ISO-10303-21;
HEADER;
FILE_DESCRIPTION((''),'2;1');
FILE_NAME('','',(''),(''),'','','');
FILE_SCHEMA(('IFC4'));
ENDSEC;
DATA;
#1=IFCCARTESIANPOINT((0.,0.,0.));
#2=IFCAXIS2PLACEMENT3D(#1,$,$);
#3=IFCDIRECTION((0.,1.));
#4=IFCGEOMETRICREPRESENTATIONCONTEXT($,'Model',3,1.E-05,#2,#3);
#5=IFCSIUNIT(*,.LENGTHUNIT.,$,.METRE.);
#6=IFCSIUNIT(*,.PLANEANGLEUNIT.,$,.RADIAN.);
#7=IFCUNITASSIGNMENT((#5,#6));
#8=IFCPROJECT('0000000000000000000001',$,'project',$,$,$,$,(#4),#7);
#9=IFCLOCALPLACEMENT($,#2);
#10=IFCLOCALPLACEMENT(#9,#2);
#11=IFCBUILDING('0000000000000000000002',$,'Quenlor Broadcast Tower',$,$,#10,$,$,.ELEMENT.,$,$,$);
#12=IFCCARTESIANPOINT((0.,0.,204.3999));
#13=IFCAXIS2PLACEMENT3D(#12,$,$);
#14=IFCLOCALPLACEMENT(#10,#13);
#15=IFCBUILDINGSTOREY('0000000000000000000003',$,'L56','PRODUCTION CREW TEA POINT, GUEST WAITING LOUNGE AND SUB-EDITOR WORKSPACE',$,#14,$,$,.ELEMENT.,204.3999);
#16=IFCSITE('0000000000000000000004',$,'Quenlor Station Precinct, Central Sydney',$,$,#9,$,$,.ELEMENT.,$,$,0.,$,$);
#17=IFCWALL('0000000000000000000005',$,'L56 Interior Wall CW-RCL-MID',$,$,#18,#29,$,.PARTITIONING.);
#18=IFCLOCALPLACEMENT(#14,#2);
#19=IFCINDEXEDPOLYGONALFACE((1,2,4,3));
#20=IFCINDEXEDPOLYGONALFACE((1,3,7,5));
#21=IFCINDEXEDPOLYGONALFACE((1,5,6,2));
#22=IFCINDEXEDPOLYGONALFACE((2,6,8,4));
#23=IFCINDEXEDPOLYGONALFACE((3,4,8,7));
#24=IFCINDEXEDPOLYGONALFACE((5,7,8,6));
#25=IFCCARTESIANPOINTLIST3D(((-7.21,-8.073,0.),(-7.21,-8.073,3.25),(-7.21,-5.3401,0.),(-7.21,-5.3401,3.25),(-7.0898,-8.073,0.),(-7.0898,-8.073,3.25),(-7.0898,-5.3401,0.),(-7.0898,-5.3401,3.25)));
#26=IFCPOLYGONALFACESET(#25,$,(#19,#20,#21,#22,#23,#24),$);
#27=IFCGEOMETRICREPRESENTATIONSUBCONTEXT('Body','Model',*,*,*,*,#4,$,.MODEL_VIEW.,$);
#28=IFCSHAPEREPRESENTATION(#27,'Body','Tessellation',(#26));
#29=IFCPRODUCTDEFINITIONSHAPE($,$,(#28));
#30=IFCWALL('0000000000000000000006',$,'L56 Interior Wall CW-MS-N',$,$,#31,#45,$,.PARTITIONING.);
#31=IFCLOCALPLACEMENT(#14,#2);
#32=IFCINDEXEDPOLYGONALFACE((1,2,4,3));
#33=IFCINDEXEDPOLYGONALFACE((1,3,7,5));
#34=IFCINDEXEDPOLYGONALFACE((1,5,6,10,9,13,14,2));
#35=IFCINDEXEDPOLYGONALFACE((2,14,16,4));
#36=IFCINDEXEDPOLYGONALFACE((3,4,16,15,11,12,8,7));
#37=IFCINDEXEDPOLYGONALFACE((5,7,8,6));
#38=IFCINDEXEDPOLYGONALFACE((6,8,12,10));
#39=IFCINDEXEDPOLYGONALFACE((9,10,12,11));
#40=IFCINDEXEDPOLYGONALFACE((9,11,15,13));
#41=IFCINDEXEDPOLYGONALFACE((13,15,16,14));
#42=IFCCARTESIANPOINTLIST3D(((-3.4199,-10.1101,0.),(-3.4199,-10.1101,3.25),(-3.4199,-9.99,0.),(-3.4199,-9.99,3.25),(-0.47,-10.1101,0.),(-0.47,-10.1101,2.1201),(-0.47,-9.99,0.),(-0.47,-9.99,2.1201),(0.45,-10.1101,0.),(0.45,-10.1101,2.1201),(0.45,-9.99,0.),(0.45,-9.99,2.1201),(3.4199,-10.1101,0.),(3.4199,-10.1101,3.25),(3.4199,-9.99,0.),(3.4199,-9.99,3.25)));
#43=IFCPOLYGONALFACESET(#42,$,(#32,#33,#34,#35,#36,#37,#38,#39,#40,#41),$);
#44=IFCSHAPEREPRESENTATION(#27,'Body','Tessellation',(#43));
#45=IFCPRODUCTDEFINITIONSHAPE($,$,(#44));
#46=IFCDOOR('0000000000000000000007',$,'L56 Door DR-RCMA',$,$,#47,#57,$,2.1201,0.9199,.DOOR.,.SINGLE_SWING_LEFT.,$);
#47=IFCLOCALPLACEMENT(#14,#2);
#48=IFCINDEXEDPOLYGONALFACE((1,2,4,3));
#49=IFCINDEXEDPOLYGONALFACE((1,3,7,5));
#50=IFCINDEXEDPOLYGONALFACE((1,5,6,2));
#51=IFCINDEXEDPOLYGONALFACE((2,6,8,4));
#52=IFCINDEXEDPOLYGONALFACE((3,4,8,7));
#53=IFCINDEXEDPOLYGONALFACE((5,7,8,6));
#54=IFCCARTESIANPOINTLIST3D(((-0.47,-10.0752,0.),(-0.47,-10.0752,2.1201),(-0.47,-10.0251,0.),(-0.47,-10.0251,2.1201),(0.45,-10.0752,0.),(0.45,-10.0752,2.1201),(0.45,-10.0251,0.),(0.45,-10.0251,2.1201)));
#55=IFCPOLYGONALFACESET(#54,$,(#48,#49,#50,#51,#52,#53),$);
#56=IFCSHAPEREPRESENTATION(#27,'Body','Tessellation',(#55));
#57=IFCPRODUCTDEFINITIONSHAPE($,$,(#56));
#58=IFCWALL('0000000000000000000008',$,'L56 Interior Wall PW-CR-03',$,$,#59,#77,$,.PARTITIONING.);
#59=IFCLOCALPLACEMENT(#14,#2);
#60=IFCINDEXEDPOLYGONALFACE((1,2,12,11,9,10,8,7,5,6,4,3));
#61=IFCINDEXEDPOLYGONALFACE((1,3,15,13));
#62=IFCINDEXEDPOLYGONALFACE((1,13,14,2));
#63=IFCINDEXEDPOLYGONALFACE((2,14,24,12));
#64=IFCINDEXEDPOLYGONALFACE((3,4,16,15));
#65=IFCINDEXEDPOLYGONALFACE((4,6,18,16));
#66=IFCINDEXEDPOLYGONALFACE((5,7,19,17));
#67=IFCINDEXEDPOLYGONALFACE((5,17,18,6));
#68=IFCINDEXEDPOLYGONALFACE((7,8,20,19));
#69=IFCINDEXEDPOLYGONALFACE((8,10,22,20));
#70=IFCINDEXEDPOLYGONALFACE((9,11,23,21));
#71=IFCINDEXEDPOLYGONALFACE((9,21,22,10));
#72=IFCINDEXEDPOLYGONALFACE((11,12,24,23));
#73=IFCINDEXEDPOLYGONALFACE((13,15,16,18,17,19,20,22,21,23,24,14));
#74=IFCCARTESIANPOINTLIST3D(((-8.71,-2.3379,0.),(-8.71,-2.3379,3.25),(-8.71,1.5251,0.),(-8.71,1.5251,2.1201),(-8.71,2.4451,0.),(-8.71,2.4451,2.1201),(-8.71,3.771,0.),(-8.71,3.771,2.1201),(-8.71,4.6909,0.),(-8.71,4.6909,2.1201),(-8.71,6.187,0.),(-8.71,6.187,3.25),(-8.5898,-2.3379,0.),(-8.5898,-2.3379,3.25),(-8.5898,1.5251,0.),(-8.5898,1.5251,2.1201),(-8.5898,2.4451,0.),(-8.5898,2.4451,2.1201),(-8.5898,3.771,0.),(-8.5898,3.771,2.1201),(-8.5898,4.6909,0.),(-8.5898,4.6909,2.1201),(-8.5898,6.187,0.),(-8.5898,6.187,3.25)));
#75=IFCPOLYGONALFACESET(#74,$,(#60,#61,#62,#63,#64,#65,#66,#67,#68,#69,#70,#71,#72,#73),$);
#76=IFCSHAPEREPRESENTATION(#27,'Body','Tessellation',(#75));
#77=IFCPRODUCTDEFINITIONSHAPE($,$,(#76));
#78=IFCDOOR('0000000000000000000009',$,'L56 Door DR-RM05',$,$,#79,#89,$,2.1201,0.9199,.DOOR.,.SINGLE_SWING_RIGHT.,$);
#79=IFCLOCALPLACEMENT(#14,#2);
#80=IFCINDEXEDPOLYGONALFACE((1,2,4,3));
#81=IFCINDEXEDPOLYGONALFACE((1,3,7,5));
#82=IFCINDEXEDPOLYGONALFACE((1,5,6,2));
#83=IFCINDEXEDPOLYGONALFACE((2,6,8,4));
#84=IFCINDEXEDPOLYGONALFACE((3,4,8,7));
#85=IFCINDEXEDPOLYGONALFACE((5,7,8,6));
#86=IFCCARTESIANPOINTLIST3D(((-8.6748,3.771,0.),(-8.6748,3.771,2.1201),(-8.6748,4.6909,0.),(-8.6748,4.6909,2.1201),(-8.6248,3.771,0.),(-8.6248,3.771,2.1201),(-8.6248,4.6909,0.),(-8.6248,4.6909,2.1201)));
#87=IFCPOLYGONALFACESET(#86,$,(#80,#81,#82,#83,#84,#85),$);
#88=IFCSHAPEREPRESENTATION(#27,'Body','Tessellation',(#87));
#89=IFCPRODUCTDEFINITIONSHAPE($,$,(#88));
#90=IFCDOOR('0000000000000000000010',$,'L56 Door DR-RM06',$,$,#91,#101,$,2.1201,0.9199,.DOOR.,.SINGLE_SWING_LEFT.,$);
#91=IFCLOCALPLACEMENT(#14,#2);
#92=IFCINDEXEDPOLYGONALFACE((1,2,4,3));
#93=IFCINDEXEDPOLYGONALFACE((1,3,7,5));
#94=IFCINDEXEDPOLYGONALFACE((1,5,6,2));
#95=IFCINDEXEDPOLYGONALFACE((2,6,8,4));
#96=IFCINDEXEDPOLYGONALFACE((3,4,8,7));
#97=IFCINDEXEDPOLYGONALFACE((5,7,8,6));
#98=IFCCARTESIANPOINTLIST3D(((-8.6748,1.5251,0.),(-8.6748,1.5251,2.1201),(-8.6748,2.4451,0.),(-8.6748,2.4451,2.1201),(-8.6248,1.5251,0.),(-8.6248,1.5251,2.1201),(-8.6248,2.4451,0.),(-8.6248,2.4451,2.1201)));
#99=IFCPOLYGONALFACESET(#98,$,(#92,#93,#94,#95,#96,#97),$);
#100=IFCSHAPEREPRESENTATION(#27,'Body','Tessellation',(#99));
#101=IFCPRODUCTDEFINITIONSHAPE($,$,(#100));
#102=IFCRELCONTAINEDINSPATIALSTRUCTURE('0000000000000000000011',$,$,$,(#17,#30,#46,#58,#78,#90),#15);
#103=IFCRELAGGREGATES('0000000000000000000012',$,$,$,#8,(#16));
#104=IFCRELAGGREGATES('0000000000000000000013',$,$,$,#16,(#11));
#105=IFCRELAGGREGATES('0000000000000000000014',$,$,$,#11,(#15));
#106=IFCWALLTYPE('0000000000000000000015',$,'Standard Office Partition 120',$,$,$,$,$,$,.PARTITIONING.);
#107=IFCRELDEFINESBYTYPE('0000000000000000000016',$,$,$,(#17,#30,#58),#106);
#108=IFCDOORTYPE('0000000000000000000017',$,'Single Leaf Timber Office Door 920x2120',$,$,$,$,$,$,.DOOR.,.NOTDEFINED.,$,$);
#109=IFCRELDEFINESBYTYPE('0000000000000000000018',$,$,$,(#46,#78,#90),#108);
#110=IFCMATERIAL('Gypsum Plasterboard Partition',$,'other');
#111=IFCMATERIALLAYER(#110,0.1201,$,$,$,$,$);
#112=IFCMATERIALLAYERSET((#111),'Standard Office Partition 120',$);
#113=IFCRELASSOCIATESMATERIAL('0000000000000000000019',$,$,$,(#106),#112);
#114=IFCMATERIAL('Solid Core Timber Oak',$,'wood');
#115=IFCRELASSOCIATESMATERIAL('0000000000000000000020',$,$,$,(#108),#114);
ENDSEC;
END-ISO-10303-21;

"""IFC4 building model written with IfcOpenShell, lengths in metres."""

from ifc_helpers import new_model, si_unit, direction, frame, frame_2d, origin, place, context, subcontext, project, spatial, rectangle, extrude, material, layer, layer_set, type_object, element, fill, save


model = new_model("IFC4")

# Units and contexts
model_context = context("Model", 3, precision=1e-05, world=origin(), true_north=direction((0.0, 1.0)))
body_context = subcontext(model_context, "Body", "Model", "MODEL_VIEW")
ifc_project = project(units=[si_unit("LENGTHUNIT", "METRE"), si_unit("PLANEANGLEUNIT", "RADIAN")], contexts=[model_context])

# Site, building, storey
site_placement = place(None, origin())
site = spatial("IfcSite", under=ifc_project, at=site_placement, Name="Quenlor Station Precinct, Central Sydney", CompositionType="ELEMENT", RefElevation=0.0)
building_placement = place(site_placement, origin())
building = spatial("IfcBuilding", under=site, at=building_placement, Name="Quenlor Broadcast Tower", CompositionType="ELEMENT")
storey_placement = place(building_placement, frame((0.0, 0.0, 204.3999)))
storey = spatial("IfcBuildingStorey", under=building, at=storey_placement, Name="L56", Description="PRODUCTION CREW TEA POINT, GUEST WAITING LOUNGE AND SUB-EDITOR WORKSPACE", CompositionType="ELEMENT", Elevation=204.3999)

# Wall
ifc_material_1 = material(Name="Gypsum Plasterboard Partition", Category="other")
ifc_layer_1 = layer(ifc_material_1, 0.1201)
ifc_layer_set_1 = layer_set([ifc_layer_1], Name="Standard Office Partition 120")
wall_type_1 = type_object("IfcWallType", Name="Standard Office Partition 120", PredefinedType="PARTITIONING", material=ifc_layer_set_1)
wall_1_placement = place(storey_placement, frame((-7.1499, -8.073, 0.0), z_axis=(0.0, 0.0, 1.0), x_axis=(0.0, 1.0, 0.0)))
element("IfcWall", 1, at=wall_1_placement, inside=storey, type_object=wall_type_1, Name="L56 Interior Wall CW-RCL-MID", PredefinedType="PARTITIONING", context=body_context, shape_type="SweptSolid", body=[
    extrude(rectangle(XDim=2.7329, YDim=0.1201, at=frame_2d((1.3665, 0.0))), origin(), (0.0, 0.0, 1.0), 3.25),
])

# Wall, opening, door
wall_2_placement = place(storey_placement, frame((-3.4199, -10.05, 0.0), z_axis=(0.0, 0.0, 1.0), x_axis=(1.0, 0.0, 0.0)))
wall_2 = element("IfcWall", 2, at=wall_2_placement, inside=storey, type_object=wall_type_1, Name="L56 Interior Wall CW-MS-N", PredefinedType="PARTITIONING", context=body_context, shape_type="SweptSolid", body=[
    extrude(rectangle(XDim=6.8398, YDim=0.1201, at=frame_2d((3.4199, 0.0))), origin(), (0.0, 0.0, 1.0), 3.25),
])
opening_1_placement = place(wall_2_placement, frame((2.95, 0.0, 0.0)))
opening_1 = element("IfcOpeningElement", 3, at=opening_1_placement, cuts=wall_2, PredefinedType="OPENING", context=body_context, shape_type="SweptSolid", body=[
    extrude(rectangle(XDim=0.9199, YDim=2.1201, at=frame_2d((0.46, 1.0601))), frame((0.0, 0.0701, 0.0), z_axis=(0.0, -1.0, 0.0), x_axis=(1.0, 0.0, 0.0)), (0.0, 0.0, 1.0), 0.1401),
])
ifc_material_2 = material(Name="Solid Core Timber Oak", Category="wood")
door_type_1 = type_object("IfcDoorType", Name="Single Leaf Timber Office Door 920x2120", OperationType="NOTDEFINED", PredefinedType="DOOR", material=ifc_material_2)
door_1_placement = place(opening_1_placement, origin())
door_1 = element("IfcDoor", 4, at=door_1_placement, inside=storey, type_object=door_type_1, Name="L56 Door DR-RCMA", OperationType="SINGLE_SWING_LEFT", OverallHeight=2.1201, OverallWidth=0.9199, PredefinedType="DOOR", context=body_context, shape_type="SweptSolid", body=[
    extrude(rectangle(XDim=0.9199, YDim=2.1201, at=frame_2d((0.46, 1.0601))), frame((0.0, 0.0249, 0.0), z_axis=(0.0, -1.0, 0.0), x_axis=(1.0, 0.0, 0.0)), (0.0, 0.0, 1.0), 0.05),
])
fill(opening_1, door_1)

# Wall, openings, doors
wall_3_placement = place(storey_placement, frame((-8.6499, -2.3379, 0.0), z_axis=(0.0, 0.0, 1.0), x_axis=(0.0, 1.0, 0.0)))
wall_3 = element("IfcWall", 5, at=wall_3_placement, inside=storey, type_object=wall_type_1, Name="L56 Interior Wall PW-CR-03", PredefinedType="PARTITIONING", context=body_context, shape_type="SweptSolid", body=[
    extrude(rectangle(XDim=8.5249, YDim=0.1201, at=frame_2d((4.2625, 0.0))), origin(), (0.0, 0.0, 1.0), 3.25),
])
opening_2_placement = place(wall_3_placement, frame((6.1089, 0.0, 0.0)))
opening_2 = element("IfcOpeningElement", 6, at=opening_2_placement, cuts=wall_3, PredefinedType="OPENING", context=body_context, shape_type="SweptSolid", body=[
    extrude(rectangle(XDim=0.9199, YDim=2.1201, at=frame_2d((0.46, 1.0601))), frame((0.0, 0.0701, 0.0), z_axis=(0.0, -1.0, 0.0), x_axis=(1.0, 0.0, 0.0)), (0.0, 0.0, 1.0), 0.1401),
])
opening_3_placement = place(wall_3_placement, frame((3.863, 0.0, 0.0)))
opening_3 = element("IfcOpeningElement", 7, at=opening_3_placement, cuts=wall_3, PredefinedType="OPENING", context=body_context, shape_type="SweptSolid", body=[
    extrude(rectangle(XDim=0.9199, YDim=2.1201, at=frame_2d((0.46, 1.0601))), frame((0.0, 0.0701, 0.0), z_axis=(0.0, -1.0, 0.0), x_axis=(1.0, 0.0, 0.0)), (0.0, 0.0, 1.0), 0.1401),
])
door_2_placement = place(opening_2_placement, origin())
door_2 = element("IfcDoor", 8, at=door_2_placement, inside=storey, type_object=door_type_1, Name="L56 Door DR-RM05", OperationType="SINGLE_SWING_RIGHT", OverallHeight=2.1201, OverallWidth=0.9199, PredefinedType="DOOR", context=body_context, shape_type="SweptSolid", body=[
    extrude(rectangle(XDim=0.9199, YDim=2.1201, at=frame_2d((0.46, 1.0601))), frame((0.0, 0.0249, 0.0), z_axis=(0.0, -1.0, 0.0), x_axis=(1.0, 0.0, 0.0)), (0.0, 0.0, 1.0), 0.05),
])
fill(opening_2, door_2)
door_3_placement = place(opening_3_placement, origin())
door_3 = element("IfcDoor", 9, at=door_3_placement, inside=storey, type_object=door_type_1, Name="L56 Door DR-RM06", OperationType="SINGLE_SWING_LEFT", OverallHeight=2.1201, OverallWidth=0.9199, PredefinedType="DOOR", context=body_context, shape_type="SweptSolid", body=[
    extrude(rectangle(XDim=0.9199, YDim=2.1201, at=frame_2d((0.46, 1.0601))), frame((0.0, 0.0249, 0.0), z_axis=(0.0, -1.0, 0.0), x_axis=(1.0, 0.0, 0.0)), (0.0, 0.0, 1.0), 0.05),
])
fill(opening_3, door_3)

save(model, "model.ifc")
